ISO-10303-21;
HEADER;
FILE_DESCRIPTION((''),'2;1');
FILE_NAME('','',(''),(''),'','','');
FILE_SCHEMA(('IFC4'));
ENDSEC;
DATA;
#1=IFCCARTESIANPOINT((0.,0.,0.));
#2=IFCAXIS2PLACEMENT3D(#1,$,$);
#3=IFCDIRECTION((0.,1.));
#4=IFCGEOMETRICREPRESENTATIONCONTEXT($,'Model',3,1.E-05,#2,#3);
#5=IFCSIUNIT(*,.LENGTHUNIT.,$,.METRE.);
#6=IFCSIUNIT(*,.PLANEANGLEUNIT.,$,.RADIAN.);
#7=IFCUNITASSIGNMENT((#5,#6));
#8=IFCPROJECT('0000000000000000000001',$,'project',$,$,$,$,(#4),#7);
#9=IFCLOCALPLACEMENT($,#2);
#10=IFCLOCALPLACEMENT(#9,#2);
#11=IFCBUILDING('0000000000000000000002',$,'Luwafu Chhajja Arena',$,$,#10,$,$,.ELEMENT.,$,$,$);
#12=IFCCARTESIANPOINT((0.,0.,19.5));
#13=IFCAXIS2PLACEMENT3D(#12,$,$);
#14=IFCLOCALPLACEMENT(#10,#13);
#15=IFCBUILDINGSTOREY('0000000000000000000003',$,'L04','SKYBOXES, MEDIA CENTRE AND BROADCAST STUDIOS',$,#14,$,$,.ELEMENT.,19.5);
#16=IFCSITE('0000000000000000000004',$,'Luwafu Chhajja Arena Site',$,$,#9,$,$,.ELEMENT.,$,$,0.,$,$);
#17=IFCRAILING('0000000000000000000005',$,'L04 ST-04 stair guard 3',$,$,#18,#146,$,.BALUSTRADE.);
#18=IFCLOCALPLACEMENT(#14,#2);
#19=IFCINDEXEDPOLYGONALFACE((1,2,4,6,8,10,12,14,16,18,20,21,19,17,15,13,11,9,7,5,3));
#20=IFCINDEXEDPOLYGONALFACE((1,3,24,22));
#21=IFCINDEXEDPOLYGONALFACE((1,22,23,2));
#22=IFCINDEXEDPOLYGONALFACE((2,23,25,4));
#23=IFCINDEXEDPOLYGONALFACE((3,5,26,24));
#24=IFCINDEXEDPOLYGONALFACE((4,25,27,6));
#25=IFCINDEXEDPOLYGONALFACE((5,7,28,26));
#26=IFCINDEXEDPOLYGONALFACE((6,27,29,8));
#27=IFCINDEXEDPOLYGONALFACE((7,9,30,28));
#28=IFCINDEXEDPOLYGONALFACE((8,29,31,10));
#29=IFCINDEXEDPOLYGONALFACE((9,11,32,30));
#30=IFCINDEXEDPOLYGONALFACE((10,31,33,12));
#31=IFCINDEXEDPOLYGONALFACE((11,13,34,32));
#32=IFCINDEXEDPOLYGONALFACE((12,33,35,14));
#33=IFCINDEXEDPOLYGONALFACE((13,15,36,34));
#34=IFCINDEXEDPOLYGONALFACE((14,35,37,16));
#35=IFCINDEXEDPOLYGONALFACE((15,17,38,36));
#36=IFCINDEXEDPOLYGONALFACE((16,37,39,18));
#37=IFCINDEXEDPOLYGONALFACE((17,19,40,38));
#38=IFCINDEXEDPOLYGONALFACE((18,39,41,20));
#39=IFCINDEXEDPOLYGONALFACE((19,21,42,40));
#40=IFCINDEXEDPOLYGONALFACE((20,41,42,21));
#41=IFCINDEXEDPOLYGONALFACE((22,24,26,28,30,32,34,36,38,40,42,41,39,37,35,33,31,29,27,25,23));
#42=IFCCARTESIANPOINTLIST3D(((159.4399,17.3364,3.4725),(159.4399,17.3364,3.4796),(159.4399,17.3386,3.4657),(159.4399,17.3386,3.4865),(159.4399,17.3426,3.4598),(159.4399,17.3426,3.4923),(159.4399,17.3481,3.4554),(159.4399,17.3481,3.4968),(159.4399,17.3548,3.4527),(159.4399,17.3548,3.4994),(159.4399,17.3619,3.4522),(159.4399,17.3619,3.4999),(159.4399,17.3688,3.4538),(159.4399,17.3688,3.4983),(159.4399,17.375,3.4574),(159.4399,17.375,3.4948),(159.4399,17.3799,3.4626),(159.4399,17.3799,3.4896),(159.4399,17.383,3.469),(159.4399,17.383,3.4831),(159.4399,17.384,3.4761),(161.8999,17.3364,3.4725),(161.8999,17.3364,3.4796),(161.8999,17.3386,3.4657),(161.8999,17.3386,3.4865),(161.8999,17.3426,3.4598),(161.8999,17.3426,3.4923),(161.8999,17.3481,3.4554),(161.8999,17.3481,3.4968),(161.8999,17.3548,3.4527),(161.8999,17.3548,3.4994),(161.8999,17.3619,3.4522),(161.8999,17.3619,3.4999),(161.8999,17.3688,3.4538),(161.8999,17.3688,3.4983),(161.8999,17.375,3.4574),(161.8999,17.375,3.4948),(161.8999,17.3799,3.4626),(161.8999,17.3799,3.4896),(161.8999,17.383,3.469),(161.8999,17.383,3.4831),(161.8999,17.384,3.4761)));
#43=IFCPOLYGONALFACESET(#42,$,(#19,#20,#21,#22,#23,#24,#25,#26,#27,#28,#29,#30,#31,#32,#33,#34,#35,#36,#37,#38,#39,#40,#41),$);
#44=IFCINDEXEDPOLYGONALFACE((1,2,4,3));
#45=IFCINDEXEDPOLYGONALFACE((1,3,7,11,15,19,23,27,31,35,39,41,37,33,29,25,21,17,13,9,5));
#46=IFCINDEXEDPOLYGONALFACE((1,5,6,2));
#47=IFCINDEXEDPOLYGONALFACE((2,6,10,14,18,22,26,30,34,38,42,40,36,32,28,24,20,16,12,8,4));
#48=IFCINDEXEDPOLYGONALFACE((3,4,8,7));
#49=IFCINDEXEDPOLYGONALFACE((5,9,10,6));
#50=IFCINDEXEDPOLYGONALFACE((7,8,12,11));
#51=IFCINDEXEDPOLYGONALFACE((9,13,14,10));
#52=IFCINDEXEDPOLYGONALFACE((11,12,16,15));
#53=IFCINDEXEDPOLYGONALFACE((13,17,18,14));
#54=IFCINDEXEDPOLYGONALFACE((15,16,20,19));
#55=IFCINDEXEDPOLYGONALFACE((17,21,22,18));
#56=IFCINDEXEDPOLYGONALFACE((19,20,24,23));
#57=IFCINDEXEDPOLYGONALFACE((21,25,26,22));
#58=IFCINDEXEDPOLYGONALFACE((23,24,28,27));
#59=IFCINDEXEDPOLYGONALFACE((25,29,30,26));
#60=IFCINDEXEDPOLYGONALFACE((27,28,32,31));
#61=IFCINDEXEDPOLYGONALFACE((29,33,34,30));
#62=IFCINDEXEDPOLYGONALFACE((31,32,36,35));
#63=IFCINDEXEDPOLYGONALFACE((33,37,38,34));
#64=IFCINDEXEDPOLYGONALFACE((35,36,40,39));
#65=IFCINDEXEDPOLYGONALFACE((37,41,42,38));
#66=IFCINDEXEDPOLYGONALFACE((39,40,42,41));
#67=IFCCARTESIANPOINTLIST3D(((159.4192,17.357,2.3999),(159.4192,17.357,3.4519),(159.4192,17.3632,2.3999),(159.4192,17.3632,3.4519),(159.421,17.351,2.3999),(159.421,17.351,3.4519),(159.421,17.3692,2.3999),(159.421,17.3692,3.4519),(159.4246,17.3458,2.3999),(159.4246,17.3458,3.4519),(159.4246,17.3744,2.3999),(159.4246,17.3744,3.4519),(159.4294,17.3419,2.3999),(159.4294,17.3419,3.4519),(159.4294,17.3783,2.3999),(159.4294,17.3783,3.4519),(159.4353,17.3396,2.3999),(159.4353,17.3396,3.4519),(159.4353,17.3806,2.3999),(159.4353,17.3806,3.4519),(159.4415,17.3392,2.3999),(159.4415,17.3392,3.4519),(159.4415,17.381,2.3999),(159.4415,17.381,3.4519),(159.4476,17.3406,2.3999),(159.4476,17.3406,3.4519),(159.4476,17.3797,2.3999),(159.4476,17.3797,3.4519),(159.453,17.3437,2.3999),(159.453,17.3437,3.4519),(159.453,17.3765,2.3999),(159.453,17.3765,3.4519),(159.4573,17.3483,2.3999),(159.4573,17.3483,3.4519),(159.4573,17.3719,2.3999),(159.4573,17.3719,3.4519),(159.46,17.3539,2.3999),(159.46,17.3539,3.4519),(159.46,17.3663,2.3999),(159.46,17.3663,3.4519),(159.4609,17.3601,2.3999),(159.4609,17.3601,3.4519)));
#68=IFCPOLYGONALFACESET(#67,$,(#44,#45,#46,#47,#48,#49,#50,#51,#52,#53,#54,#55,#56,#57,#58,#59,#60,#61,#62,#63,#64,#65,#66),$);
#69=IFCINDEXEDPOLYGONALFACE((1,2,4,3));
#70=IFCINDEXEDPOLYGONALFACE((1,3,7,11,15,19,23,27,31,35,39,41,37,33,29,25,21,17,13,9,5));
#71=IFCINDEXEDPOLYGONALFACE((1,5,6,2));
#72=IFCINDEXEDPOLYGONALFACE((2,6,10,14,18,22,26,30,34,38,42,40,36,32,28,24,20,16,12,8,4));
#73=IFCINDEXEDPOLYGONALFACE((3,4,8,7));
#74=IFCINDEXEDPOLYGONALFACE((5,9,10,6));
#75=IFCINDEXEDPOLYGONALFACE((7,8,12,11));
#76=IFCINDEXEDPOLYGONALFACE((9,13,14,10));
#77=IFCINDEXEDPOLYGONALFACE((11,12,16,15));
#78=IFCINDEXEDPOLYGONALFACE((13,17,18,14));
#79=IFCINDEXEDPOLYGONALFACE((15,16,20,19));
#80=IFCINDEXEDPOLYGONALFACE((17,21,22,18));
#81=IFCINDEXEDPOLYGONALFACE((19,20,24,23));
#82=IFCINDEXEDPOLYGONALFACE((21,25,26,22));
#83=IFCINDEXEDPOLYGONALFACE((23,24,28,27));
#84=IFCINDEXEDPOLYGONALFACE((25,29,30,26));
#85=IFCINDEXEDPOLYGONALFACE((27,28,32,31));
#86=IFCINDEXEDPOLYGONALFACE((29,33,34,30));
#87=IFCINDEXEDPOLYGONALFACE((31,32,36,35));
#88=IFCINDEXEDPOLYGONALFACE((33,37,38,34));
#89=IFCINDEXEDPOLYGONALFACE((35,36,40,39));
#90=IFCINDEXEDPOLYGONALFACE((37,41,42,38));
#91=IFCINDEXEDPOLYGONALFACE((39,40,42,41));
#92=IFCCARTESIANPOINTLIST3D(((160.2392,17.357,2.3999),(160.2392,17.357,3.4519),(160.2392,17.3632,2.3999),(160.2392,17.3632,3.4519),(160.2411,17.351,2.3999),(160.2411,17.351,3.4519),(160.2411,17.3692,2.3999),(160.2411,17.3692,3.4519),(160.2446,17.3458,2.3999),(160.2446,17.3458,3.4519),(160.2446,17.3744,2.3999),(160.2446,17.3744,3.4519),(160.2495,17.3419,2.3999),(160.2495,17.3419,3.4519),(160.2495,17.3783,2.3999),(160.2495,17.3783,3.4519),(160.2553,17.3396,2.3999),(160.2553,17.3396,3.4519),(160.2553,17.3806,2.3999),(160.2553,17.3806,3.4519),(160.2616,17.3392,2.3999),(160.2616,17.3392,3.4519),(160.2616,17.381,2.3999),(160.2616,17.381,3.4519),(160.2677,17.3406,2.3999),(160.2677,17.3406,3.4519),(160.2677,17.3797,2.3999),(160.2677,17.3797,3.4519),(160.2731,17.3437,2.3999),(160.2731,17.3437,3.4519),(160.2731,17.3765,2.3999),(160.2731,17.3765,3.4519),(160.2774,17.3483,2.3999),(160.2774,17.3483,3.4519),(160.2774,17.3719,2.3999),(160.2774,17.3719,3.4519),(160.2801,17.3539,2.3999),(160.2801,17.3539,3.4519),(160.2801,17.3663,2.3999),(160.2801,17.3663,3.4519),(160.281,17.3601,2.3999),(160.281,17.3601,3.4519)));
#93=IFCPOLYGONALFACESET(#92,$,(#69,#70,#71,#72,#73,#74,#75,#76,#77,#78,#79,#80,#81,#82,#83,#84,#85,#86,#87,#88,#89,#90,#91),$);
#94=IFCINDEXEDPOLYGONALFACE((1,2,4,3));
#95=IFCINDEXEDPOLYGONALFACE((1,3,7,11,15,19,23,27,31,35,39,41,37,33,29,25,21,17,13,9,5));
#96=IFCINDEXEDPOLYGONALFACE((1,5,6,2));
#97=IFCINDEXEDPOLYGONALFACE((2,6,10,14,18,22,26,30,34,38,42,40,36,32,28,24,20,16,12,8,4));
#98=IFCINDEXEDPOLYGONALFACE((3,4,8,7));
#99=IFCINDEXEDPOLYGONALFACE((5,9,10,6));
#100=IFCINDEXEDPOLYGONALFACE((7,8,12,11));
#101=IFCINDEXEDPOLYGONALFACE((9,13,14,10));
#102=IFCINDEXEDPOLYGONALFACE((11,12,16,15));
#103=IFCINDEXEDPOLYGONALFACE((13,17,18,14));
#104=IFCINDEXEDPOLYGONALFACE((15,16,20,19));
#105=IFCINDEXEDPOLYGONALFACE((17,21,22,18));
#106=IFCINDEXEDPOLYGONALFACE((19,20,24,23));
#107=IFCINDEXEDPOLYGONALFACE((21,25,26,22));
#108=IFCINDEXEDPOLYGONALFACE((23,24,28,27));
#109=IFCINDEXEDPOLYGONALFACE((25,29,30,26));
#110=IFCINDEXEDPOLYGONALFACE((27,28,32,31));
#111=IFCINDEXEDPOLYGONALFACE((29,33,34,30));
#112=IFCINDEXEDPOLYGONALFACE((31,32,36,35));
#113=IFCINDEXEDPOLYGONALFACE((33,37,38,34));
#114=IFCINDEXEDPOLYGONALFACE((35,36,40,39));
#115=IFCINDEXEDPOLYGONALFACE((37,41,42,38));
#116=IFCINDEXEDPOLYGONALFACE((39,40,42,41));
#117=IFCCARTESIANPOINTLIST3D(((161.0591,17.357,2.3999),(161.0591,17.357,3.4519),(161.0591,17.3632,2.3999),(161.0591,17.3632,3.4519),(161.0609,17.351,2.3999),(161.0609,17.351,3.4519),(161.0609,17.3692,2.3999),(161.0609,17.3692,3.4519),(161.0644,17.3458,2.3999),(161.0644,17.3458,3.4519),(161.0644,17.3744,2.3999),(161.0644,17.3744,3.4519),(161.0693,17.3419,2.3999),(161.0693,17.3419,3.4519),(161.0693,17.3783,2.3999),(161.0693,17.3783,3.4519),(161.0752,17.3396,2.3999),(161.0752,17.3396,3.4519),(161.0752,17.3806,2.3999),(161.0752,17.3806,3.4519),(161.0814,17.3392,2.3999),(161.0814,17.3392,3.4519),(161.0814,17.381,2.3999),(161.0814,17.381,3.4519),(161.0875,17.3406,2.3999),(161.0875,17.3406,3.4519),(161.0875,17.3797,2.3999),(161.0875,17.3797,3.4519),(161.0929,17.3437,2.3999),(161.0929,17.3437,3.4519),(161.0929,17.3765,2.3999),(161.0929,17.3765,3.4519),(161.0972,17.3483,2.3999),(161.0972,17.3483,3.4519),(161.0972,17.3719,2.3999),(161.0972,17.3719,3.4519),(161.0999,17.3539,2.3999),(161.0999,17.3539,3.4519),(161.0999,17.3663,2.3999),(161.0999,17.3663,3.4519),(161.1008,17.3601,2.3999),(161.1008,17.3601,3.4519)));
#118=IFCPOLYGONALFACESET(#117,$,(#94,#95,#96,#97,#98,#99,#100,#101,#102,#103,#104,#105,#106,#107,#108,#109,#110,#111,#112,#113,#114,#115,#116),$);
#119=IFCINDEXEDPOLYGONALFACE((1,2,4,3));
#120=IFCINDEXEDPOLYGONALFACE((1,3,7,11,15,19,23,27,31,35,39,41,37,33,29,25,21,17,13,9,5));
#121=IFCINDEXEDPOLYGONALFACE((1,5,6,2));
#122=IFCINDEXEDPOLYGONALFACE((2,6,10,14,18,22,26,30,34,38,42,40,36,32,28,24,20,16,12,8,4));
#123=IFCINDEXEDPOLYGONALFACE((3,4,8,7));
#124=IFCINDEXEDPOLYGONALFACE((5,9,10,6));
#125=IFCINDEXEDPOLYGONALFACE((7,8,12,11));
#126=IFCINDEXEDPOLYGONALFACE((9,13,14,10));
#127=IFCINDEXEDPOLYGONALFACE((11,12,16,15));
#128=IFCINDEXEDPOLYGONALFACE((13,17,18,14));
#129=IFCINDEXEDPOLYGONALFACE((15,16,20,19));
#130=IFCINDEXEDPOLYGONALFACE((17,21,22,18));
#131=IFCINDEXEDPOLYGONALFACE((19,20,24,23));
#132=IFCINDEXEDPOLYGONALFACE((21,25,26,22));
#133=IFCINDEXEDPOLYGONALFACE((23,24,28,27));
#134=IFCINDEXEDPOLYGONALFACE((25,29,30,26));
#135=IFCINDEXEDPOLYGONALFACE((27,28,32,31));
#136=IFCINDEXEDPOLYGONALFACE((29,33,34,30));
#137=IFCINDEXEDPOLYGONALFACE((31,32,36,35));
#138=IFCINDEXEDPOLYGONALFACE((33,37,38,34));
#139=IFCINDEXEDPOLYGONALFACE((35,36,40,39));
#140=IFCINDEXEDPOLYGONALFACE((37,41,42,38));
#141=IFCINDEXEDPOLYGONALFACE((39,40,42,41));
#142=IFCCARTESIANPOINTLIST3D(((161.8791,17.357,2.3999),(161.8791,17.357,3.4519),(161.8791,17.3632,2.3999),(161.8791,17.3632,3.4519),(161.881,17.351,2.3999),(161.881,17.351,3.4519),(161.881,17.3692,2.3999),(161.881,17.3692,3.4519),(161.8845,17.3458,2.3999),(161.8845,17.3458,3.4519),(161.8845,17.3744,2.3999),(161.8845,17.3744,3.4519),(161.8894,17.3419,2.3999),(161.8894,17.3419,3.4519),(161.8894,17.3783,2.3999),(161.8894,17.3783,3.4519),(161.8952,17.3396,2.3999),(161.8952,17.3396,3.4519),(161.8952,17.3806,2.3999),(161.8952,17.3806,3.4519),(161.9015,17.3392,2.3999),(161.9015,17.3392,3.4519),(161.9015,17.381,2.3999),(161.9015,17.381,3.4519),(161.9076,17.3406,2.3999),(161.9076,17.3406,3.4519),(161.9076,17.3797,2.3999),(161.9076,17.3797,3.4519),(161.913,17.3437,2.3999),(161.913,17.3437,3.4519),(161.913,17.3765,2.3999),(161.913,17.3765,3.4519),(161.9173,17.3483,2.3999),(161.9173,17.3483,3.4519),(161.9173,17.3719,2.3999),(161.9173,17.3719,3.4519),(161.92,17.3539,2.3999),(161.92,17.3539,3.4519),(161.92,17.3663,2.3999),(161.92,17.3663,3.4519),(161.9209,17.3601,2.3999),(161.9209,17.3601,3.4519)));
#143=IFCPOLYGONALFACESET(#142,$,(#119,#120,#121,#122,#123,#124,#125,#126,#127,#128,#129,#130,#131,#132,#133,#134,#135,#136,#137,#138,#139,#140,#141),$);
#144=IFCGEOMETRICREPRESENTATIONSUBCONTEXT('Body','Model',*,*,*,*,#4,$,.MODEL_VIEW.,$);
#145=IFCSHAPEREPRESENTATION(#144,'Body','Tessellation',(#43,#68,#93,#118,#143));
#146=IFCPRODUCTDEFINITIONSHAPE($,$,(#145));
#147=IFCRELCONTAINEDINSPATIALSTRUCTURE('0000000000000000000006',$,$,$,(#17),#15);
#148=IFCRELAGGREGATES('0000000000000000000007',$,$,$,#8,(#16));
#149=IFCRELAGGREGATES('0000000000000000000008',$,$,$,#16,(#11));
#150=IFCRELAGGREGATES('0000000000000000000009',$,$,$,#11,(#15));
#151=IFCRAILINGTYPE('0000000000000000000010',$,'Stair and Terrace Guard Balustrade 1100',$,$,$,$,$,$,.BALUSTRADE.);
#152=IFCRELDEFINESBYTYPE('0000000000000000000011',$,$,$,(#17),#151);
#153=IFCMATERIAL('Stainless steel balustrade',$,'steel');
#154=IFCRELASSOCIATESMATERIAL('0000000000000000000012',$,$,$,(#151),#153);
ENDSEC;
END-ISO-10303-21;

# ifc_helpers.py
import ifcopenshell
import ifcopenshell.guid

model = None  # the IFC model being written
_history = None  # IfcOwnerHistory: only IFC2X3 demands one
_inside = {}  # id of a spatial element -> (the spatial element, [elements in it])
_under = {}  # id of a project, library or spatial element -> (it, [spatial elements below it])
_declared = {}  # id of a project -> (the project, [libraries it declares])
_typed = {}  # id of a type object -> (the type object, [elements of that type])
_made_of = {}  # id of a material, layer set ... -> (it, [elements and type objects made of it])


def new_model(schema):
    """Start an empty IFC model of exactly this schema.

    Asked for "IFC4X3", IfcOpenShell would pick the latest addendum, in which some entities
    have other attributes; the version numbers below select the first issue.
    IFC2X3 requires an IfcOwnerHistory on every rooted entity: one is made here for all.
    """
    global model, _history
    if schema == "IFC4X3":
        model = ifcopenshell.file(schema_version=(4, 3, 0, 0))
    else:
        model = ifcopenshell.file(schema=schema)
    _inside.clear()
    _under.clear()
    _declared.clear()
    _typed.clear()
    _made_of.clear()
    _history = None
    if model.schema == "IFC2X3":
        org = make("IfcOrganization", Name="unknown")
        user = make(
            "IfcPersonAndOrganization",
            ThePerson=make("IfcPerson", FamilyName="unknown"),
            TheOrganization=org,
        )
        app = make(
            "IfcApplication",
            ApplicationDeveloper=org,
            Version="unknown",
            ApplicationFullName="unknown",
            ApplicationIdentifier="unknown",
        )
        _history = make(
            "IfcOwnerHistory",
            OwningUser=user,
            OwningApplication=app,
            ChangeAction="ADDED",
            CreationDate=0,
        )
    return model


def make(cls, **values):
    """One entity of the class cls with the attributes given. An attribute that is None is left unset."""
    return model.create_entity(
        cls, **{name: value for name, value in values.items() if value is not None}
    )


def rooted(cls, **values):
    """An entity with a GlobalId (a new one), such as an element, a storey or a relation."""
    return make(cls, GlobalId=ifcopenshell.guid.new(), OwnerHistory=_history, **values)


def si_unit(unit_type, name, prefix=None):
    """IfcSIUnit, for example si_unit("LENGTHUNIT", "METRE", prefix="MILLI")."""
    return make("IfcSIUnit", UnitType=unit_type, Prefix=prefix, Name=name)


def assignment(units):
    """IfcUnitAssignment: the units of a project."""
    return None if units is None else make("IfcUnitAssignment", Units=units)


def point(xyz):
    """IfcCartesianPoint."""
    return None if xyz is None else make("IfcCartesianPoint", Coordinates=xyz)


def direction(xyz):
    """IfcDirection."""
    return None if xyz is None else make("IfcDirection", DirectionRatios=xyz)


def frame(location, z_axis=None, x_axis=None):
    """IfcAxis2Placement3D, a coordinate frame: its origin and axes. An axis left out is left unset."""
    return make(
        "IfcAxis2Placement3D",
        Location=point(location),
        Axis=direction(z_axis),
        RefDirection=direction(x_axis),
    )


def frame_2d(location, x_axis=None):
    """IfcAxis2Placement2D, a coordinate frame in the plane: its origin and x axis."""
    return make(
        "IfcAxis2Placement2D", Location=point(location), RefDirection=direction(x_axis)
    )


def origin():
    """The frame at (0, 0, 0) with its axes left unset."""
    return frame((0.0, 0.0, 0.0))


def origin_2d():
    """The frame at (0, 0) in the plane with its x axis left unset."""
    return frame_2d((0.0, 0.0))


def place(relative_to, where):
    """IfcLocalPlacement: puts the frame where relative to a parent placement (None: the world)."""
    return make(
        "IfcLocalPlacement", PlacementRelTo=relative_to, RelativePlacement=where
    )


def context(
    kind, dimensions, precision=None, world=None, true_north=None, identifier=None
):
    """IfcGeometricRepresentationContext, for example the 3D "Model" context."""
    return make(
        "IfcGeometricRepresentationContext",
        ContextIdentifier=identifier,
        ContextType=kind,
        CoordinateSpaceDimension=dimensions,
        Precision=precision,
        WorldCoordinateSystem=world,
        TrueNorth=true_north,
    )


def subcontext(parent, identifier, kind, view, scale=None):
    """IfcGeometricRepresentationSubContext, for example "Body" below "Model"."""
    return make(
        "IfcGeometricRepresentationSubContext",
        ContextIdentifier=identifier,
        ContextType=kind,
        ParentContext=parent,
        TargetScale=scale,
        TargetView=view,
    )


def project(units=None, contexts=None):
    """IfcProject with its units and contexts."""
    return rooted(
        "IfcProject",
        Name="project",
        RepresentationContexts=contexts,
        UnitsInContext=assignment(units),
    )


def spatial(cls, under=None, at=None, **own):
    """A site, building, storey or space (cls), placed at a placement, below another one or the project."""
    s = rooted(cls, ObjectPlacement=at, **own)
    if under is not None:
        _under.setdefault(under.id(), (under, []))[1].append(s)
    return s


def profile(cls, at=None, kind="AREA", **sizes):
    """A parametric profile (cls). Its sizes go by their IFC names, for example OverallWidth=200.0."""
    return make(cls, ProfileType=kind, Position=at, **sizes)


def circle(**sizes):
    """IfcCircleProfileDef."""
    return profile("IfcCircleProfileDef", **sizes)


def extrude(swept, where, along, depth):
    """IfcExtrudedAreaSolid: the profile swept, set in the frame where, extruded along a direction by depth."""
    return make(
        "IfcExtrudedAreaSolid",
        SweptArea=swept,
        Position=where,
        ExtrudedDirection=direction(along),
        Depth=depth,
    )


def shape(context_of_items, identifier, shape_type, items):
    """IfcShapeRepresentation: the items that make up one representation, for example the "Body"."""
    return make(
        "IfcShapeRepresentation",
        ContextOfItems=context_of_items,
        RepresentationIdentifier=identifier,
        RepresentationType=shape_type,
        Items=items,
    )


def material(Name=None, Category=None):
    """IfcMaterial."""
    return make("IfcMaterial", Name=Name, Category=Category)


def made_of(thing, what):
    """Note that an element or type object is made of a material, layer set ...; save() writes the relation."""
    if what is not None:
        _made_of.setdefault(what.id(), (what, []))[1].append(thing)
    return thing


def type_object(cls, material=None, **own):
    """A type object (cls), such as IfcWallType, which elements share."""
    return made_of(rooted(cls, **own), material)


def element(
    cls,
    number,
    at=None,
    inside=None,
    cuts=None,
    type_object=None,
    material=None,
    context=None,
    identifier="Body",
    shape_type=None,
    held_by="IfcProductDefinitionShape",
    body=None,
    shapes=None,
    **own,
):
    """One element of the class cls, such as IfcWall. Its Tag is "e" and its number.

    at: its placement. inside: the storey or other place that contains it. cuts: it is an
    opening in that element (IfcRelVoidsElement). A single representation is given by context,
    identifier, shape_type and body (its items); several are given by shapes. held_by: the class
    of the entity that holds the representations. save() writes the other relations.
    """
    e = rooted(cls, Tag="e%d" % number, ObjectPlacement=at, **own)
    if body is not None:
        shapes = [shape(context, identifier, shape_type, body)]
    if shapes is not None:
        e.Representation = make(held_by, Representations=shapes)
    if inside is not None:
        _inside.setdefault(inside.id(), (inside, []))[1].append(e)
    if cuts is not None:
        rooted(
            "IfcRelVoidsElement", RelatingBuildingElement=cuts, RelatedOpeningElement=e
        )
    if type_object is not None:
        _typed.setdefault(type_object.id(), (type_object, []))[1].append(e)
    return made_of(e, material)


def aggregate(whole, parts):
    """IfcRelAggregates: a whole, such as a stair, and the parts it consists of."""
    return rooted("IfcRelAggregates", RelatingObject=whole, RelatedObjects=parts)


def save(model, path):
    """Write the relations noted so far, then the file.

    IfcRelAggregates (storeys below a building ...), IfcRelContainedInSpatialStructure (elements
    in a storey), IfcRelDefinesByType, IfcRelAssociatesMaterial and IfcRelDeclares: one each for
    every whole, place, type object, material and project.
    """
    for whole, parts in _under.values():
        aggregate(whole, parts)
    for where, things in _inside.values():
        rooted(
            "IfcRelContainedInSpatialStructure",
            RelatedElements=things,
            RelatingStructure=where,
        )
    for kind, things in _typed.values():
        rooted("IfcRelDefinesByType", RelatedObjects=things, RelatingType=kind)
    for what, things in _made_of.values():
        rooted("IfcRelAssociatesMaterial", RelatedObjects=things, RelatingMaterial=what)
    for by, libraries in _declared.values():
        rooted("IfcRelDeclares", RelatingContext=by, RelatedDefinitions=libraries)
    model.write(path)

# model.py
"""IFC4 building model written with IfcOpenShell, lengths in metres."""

from ifc_helpers import new_model, si_unit, direction, frame, origin, origin_2d, place, context, subcontext, project, spatial, circle, extrude, material, type_object, element, save


model = new_model("IFC4")

# Units and contexts
model_context = context("Model", 3, precision=1e-05, world=origin(), true_north=direction((0.0, 1.0)))
body_context = subcontext(model_context, "Body", "Model", "MODEL_VIEW")
ifc_project = project(units=[si_unit("LENGTHUNIT", "METRE"), si_unit("PLANEANGLEUNIT", "RADIAN")], contexts=[model_context])

# Site, building, storey
site_placement = place(None, origin())
site = spatial("IfcSite", under=ifc_project, at=site_placement, Name="Luwafu Chhajja Arena Site", CompositionType="ELEMENT", RefElevation=0.0)
building_placement = place(site_placement, origin())
building = spatial("IfcBuilding", under=site, at=building_placement, Name="Luwafu Chhajja Arena", CompositionType="ELEMENT")
storey_placement = place(building_placement, frame((0.0, 0.0, 19.5)))
storey = spatial("IfcBuildingStorey", under=building, at=storey_placement, Name="L04", Description="SKYBOXES, MEDIA CENTRE AND BROADCAST STUDIOS", CompositionType="ELEMENT", Elevation=19.5)

# Railing
ifc_material_1 = material(Name="Stainless steel balustrade", Category="steel")
railing_type_1 = type_object("IfcRailingType", Name="Stair and Terrace Guard Balustrade 1100", PredefinedType="BALUSTRADE", material=ifc_material_1)
for number, where, name in (
    (1, (159.4399, 17.3601, 2.3999), "L04 ST-04 stair guard 3"),
):
    element("IfcRailing", number, at=place(storey_placement, frame(where)), inside=storey, type_object=railing_type_1, Name=name, PredefinedType="BALUSTRADE", context=body_context, shape_type="SweptSolid", body=[
        extrude(circle(Radius=0.0239, at=origin_2d()), frame((0.0, 0.0, 1.0762), z_axis=(1.0, 0.0, 0.0), x_axis=(0.0, 1.0, 0.0)), (0.0, 0.0, 1.0), 2.46),
        extrude(circle(Radius=0.021, at=origin_2d()), origin(), (0.0, 0.0, 1.0), 1.052),
        extrude(circle(Radius=0.021, at=origin_2d()), frame((0.8201, 0.0, 0.0)), (0.0, 0.0, 1.0), 1.052),
        extrude(circle(Radius=0.021, at=origin_2d()), frame((1.6399, 0.0, 0.0)), (0.0, 0.0, 1.0), 1.052),
        extrude(circle(Radius=0.021, at=origin_2d()), frame((2.46, 0.0, 0.0)), (0.0, 0.0, 1.0), 1.052),
    ])

save(model, "model.ifc")
